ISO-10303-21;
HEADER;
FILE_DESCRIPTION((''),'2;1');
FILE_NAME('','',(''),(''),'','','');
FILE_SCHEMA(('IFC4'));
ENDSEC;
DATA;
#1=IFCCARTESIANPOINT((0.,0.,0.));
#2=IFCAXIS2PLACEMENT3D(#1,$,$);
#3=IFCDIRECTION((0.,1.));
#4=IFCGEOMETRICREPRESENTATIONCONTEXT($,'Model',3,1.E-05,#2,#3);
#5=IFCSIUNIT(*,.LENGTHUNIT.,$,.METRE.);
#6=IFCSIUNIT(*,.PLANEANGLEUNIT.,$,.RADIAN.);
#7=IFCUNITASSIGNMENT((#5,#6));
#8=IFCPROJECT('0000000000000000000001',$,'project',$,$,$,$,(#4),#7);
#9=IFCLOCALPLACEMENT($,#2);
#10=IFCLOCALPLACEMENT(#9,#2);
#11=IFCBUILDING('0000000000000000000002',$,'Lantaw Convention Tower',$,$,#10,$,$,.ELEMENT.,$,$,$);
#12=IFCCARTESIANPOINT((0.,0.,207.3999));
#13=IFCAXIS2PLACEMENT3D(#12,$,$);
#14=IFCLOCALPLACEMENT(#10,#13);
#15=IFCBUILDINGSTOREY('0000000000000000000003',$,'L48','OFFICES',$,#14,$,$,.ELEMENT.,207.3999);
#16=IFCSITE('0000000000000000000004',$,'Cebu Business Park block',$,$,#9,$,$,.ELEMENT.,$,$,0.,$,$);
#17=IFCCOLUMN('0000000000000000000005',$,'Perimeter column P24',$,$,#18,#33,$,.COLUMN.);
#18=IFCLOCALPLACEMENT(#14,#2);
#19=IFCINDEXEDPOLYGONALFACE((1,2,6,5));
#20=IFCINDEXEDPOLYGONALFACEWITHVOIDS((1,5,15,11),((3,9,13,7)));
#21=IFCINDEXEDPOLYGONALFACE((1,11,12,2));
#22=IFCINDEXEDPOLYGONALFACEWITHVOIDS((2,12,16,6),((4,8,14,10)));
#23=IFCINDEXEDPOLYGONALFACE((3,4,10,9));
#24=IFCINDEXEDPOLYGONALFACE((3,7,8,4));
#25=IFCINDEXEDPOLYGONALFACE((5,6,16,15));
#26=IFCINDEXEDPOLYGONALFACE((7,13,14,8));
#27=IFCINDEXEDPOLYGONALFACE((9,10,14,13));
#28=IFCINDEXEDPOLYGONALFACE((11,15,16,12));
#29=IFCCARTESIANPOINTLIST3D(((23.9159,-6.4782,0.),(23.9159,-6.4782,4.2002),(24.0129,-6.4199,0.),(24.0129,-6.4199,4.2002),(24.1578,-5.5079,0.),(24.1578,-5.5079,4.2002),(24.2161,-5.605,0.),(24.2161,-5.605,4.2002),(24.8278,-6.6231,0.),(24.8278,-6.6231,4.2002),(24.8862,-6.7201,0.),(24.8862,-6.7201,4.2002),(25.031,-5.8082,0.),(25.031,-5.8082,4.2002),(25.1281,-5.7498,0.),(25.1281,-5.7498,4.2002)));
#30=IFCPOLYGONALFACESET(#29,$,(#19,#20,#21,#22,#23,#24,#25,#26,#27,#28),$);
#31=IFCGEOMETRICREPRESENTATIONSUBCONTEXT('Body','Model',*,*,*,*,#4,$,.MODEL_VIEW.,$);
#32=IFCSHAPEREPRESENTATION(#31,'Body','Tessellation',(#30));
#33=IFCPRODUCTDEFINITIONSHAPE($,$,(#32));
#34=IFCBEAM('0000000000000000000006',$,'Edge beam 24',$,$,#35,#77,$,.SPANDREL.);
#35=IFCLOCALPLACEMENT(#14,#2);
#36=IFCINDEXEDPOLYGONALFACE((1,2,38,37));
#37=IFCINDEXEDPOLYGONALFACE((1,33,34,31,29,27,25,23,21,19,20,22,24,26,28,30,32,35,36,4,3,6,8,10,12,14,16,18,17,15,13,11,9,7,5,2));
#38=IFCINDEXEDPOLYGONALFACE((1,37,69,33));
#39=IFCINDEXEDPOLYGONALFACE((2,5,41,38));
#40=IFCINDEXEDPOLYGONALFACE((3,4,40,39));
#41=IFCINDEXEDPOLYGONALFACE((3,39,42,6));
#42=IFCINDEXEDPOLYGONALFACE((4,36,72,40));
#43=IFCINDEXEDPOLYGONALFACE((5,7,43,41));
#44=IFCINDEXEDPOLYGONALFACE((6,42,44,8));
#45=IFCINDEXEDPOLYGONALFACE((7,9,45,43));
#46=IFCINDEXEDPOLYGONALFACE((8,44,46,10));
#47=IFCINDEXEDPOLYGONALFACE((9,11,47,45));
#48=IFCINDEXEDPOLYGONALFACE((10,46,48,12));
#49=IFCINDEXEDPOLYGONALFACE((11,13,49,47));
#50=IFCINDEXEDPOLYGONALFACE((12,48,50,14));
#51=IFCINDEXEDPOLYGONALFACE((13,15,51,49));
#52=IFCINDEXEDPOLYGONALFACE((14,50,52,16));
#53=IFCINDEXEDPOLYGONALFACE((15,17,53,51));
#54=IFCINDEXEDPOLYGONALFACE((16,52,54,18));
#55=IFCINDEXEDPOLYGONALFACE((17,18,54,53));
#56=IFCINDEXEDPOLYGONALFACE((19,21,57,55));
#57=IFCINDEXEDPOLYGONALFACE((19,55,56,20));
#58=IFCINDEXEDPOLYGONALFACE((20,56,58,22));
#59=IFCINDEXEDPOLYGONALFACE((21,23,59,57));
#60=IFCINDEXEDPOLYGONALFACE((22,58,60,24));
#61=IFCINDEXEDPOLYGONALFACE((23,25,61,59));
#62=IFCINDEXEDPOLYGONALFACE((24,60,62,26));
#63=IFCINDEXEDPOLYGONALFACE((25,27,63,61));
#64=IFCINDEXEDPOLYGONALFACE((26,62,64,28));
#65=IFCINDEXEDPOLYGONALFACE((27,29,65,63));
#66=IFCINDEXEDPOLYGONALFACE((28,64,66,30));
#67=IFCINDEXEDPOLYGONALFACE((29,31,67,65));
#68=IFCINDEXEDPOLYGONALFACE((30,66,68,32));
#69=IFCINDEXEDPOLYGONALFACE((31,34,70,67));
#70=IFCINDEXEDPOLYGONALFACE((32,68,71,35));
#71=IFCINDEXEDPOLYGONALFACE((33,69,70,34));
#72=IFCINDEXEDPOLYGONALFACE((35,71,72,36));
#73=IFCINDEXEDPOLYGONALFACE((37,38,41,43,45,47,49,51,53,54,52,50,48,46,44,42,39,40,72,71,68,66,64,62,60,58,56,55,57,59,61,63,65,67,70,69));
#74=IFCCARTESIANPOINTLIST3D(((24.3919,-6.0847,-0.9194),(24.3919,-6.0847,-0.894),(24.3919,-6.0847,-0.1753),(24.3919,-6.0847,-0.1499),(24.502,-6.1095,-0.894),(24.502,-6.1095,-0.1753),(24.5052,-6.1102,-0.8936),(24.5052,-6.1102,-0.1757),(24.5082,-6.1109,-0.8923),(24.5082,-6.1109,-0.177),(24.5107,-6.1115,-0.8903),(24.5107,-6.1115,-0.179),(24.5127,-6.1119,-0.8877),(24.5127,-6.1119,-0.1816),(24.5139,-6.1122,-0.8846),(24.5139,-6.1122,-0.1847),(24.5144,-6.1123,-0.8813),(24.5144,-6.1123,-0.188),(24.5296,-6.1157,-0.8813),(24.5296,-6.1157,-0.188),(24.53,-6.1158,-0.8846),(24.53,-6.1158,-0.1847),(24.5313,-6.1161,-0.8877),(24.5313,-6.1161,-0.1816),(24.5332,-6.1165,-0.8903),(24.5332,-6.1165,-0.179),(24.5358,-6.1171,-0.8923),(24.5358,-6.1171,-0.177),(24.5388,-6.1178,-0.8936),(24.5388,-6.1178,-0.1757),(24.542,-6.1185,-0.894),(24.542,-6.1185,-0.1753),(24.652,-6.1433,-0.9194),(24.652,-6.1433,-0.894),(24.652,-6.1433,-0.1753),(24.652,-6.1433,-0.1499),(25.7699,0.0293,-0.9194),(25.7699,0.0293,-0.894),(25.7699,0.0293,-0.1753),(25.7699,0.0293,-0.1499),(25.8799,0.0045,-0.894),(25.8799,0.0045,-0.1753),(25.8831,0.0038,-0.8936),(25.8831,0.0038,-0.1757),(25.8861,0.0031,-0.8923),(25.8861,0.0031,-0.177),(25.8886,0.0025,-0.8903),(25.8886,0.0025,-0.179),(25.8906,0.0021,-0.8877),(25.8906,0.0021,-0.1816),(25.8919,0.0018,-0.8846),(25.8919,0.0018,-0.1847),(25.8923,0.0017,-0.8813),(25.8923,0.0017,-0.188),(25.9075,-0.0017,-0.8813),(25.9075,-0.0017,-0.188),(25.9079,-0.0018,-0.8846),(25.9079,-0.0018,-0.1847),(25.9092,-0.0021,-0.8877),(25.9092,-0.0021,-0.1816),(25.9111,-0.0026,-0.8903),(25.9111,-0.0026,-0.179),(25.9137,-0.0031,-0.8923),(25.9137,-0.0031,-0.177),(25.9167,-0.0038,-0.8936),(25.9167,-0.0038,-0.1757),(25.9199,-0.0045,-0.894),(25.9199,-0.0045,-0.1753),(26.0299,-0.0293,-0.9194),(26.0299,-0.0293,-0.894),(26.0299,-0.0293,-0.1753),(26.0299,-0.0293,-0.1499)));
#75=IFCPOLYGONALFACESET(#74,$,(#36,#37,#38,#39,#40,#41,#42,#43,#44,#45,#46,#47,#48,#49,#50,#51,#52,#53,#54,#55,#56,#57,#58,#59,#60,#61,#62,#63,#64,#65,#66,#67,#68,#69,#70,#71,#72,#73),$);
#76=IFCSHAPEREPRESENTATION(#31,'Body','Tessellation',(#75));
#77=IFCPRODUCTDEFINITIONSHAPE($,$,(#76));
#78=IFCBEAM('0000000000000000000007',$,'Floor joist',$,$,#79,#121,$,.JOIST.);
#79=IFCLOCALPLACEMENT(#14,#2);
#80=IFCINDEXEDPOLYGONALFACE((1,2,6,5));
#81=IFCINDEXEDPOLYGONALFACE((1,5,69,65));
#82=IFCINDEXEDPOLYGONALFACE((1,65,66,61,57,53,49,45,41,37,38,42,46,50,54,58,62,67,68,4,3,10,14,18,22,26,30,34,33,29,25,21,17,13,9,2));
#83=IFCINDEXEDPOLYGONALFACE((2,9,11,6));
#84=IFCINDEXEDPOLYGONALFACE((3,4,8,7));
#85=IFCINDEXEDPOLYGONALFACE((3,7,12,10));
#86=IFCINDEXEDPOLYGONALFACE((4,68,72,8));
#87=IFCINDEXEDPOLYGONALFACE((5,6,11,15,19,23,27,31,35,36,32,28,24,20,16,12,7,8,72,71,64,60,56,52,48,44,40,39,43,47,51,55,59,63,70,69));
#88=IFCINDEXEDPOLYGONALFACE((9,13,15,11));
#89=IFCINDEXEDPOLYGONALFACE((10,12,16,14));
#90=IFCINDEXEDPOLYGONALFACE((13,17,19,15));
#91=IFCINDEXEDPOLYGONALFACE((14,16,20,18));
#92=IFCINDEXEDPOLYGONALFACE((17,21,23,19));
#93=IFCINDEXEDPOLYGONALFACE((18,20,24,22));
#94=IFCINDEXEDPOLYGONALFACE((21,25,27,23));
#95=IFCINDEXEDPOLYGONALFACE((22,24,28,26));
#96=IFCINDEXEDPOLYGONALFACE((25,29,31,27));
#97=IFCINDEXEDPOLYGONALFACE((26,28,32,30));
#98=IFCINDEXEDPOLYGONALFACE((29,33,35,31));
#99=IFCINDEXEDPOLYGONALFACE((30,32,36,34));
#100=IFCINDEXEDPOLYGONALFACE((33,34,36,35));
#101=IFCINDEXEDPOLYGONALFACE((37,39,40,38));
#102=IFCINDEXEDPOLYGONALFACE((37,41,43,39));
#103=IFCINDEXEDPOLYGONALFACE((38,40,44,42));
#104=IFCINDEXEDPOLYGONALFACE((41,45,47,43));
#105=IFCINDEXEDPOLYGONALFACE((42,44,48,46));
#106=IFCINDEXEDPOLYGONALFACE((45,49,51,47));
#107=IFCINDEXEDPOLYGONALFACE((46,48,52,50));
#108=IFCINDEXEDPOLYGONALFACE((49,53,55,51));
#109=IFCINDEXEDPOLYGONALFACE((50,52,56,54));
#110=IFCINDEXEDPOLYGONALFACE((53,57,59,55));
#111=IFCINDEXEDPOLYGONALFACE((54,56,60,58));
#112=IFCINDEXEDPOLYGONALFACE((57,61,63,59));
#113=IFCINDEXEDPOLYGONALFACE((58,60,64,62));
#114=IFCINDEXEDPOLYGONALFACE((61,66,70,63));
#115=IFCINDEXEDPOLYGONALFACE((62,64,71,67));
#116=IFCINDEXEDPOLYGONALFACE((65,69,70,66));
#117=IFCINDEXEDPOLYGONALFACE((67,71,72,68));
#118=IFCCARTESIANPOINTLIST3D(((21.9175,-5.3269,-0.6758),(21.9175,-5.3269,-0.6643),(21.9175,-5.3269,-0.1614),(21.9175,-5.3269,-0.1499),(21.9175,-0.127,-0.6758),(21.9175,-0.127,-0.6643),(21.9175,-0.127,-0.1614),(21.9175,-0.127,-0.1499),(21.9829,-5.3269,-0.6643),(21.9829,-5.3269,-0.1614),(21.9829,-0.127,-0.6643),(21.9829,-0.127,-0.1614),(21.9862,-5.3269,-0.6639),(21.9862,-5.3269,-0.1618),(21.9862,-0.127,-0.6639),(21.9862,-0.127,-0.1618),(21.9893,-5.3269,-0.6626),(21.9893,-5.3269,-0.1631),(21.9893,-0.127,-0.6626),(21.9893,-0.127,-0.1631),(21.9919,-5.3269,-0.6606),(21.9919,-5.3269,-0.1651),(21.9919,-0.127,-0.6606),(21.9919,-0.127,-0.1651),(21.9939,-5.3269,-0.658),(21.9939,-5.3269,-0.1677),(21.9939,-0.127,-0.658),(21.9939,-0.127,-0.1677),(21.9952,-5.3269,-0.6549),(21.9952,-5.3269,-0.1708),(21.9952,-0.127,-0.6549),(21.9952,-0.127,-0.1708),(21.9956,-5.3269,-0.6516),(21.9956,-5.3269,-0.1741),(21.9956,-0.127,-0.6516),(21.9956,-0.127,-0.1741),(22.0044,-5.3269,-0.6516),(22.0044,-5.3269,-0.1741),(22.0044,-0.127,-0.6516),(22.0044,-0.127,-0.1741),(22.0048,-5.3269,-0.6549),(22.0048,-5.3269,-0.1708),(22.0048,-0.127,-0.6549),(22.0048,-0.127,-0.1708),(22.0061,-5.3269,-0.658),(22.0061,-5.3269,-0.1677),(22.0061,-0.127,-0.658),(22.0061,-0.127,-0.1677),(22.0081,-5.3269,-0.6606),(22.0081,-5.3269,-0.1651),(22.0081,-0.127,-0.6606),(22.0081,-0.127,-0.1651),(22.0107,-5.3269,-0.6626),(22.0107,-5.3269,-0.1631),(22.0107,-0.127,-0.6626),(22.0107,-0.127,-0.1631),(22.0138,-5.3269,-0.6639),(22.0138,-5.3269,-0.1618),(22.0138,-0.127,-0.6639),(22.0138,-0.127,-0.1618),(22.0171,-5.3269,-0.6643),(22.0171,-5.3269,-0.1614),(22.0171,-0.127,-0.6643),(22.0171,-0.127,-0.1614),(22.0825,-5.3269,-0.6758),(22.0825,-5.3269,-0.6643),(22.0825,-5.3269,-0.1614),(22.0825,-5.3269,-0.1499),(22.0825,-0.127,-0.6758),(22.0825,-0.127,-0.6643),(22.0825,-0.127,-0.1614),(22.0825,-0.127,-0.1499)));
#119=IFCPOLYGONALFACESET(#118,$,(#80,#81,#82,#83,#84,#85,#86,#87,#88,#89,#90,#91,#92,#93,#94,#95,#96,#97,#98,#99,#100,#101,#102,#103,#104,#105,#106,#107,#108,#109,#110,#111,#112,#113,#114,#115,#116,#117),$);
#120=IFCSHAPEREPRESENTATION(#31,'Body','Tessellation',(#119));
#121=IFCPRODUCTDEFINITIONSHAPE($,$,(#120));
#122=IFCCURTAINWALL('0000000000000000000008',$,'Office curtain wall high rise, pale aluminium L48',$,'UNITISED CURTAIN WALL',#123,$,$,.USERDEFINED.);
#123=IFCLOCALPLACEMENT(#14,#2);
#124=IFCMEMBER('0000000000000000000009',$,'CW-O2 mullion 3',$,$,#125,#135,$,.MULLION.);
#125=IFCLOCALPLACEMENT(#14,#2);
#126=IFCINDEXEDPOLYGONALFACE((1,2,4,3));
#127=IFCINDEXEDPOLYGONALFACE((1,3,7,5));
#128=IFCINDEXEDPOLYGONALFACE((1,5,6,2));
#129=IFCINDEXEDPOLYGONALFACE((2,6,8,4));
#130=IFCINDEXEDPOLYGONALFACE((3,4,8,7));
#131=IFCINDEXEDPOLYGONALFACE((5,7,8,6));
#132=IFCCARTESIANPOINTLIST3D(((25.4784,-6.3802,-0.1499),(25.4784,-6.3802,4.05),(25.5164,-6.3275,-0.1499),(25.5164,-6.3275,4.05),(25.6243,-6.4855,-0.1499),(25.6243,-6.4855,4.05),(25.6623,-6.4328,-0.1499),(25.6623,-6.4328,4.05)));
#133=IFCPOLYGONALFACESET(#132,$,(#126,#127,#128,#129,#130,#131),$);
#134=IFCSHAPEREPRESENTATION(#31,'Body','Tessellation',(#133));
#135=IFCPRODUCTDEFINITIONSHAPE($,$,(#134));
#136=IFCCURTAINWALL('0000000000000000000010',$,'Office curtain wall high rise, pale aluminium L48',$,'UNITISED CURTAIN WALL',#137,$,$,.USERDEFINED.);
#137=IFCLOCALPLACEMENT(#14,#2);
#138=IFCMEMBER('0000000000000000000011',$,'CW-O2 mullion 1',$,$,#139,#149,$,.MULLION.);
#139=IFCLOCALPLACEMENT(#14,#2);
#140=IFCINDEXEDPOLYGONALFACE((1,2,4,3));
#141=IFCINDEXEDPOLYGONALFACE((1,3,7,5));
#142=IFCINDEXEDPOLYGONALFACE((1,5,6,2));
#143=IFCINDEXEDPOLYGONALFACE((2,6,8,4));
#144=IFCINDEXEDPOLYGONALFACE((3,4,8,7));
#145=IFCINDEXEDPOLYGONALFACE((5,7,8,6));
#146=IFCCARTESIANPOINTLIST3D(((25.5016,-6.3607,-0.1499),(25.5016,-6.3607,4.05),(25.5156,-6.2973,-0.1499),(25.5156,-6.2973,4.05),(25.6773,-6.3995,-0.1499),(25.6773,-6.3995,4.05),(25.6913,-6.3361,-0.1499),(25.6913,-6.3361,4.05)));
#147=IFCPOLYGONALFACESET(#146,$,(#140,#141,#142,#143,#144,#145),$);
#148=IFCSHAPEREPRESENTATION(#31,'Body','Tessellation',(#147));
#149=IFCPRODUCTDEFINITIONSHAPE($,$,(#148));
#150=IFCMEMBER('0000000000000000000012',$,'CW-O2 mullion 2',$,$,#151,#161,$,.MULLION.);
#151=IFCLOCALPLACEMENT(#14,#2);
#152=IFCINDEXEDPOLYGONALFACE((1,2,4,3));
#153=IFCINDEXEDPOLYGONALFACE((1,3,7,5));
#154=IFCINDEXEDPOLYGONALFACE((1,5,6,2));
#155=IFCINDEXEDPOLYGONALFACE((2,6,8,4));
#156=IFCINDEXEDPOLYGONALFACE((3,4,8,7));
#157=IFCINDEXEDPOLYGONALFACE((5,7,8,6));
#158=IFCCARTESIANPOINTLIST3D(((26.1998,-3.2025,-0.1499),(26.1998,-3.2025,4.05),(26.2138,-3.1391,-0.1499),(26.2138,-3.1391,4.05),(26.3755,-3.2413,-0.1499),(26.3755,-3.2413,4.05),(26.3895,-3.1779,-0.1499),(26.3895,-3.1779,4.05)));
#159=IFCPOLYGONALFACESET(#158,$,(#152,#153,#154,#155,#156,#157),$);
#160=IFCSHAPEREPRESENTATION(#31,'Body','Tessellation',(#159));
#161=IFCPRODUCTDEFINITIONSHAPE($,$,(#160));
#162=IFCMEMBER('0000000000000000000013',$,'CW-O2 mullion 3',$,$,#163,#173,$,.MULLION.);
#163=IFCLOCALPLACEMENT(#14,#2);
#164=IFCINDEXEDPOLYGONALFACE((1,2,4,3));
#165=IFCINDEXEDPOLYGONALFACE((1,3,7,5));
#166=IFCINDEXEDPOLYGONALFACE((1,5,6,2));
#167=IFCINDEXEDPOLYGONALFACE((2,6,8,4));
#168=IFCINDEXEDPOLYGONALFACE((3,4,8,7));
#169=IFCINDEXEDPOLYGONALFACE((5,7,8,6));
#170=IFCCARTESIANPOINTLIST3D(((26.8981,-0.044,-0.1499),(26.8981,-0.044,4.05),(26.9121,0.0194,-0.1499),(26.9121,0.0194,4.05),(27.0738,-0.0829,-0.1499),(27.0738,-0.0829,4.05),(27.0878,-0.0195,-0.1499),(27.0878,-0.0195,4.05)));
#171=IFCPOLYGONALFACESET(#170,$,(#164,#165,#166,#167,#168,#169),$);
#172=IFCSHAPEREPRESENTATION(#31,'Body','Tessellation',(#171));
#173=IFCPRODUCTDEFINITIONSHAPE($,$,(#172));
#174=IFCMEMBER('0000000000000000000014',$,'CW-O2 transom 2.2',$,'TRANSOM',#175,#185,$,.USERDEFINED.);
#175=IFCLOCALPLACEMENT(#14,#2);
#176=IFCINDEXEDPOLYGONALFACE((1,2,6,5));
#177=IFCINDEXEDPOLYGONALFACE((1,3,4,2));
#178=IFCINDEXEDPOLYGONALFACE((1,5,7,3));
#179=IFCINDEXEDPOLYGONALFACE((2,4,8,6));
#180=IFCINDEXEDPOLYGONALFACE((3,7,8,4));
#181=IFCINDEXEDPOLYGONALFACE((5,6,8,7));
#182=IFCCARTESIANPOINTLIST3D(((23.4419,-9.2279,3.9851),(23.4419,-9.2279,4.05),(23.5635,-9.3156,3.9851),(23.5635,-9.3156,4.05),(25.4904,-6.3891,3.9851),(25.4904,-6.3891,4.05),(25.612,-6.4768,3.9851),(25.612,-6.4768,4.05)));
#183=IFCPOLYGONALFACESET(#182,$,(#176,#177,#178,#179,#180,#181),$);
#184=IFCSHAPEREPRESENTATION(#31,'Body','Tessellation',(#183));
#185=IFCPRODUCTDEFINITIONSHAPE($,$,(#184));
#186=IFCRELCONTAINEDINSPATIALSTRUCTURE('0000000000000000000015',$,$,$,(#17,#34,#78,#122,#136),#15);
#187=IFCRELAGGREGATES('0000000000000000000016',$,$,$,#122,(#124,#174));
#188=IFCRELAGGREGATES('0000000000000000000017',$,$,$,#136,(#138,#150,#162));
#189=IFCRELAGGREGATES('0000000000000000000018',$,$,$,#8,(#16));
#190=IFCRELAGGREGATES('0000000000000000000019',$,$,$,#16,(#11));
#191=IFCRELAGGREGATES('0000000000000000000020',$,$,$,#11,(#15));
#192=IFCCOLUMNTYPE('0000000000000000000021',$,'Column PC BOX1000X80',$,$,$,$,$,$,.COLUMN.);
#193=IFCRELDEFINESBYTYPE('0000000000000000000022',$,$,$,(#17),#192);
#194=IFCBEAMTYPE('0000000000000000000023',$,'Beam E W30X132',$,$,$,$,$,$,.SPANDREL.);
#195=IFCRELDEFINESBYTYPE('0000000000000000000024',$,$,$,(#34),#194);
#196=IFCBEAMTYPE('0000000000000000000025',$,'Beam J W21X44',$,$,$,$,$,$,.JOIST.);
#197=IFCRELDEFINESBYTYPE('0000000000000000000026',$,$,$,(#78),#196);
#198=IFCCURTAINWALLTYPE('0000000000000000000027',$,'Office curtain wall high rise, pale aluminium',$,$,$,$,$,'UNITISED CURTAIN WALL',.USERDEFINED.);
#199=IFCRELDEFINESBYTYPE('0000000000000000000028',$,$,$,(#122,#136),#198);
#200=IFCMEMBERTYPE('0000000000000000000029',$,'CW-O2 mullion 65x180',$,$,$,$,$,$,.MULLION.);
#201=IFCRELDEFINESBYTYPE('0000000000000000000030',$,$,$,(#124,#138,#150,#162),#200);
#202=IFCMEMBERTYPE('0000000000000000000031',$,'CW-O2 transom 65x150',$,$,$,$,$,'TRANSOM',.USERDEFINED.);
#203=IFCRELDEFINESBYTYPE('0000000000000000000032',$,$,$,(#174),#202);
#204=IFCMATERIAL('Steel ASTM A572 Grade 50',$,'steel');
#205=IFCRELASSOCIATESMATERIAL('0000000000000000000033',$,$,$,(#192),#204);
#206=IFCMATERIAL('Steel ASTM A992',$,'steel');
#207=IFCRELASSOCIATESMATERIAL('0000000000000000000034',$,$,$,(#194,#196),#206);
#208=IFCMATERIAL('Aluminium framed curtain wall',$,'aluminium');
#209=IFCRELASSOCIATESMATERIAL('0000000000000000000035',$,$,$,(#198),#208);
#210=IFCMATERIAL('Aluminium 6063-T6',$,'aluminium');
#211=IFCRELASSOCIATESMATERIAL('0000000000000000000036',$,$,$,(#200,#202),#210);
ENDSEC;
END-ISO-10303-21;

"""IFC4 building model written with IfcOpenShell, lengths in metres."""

from ifc_helpers import new_model, si_unit, direction, frame, origin, origin_2d, place, context, subcontext, project, spatial, rectangle, hollow_rectangle, i_section, extrude, material, material_profile, profile_set, type_object, element, aggregate, save


model = new_model("IFC4")

# Units and contexts
model_context = context("Model", 3, precision=1e-05, world=origin(), true_north=direction((0.0, 1.0)))
body_context = subcontext(model_context, "Body", "Model", "MODEL_VIEW")
ifc_project = project(units=[si_unit("LENGTHUNIT", "METRE"), si_unit("PLANEANGLEUNIT", "RADIAN")], contexts=[model_context])

# Site, building, storey
site_placement = place(None, origin())
site = spatial("IfcSite", under=ifc_project, at=site_placement, Name="Cebu Business Park block", CompositionType="ELEMENT", RefElevation=0.0)
building_placement = place(site_placement, origin())
building = spatial("IfcBuilding", under=site, at=building_placement, Name="Lantaw Convention Tower", CompositionType="ELEMENT")
storey_placement = place(building_placement, frame((0.0, 0.0, 207.3999)))
storey = spatial("IfcBuildingStorey", under=building, at=storey_placement, Name="L48", Description="OFFICES", CompositionType="ELEMENT", Elevation=207.3999)

# Column
ifc_material_1 = material(Name="Steel ASTM A572 Grade 50", Category="steel")
ifc_material_profile_1 = material_profile(ifc_material_1, hollow_rectangle(XDim=1.0, YDim=1.0, WallThickness=0.0801, at=origin_2d()), Name="BOX1000X80")
ifc_material_2 = material(Name="Concrete C60/75", Category="concrete")
ifc_material_profile_2 = material_profile(ifc_material_2, rectangle(XDim=0.8401, YDim=0.8401, at=origin_2d()), Name="Concrete fill of BOX1000X80")
ifc_profile_set_1 = profile_set([ifc_material_profile_1, ifc_material_profile_2], Name="Steel ASTM A572 Grade 50")
column_type = type_object("IfcColumnType", Name="Column PC BOX1000X80", PredefinedType="COLUMN", material=ifc_profile_set_1)
column_placement = place(storey_placement, frame((24.522, -6.114, 0.0), z_axis=(0.0, 0.0, 1.0), x_axis=(0.241922, 0.970296, 0.0)))
element("IfcColumn", 1, at=column_placement, inside=storey, type_object=column_type, Name="Perimeter column P24", PredefinedType="COLUMN", context=body_context, shape_type="SweptSolid", body=[
    extrude(hollow_rectangle(XDim=1.0, YDim=1.0, WallThickness=0.0801, at=origin_2d()), origin(), (0.0, 0.0, 1.0), 4.2002),
])

# Beams
ifc_material_3 = material(Name="Steel ASTM A992", Category="steel")
ifc_material_profile_3 = material_profile(ifc_material_3, i_section(OverallWidth=0.2666, OverallDepth=0.7695, WebThickness=0.0156, FlangeThickness=0.0254, FilletRadius=0.0127, at=origin_2d()), Name="W30X132")
ifc_profile_set_2 = profile_set([ifc_material_profile_3], Name="Steel ASTM A992")
beam_type_1 = type_object("IfcBeamType", Name="Beam E W30X132", PredefinedType="SPANDREL", material=ifc_profile_set_2)
beam_1_placement = place(storey_placement, frame((24.522, -6.114, -0.5347), z_axis=(0.219858, 0.975532, 0.0), x_axis=(-0.975532, 0.219858, 0.0)))
element("IfcBeam", 2, at=beam_1_placement, inside=storey, type_object=beam_type_1, Name="Edge beam 24", PredefinedType="SPANDREL", context=body_context, shape_type="SweptSolid", body=[
    extrude(i_section(OverallWidth=0.2666, OverallDepth=0.7695, WebThickness=0.0156, FlangeThickness=0.0254, FilletRadius=0.0127, at=origin_2d()), origin(), (0.0, 0.0, 1.0), 6.2673),
])
ifc_material_profile_4 = material_profile(ifc_material_3, i_section(OverallWidth=0.165, OverallDepth=0.5259, WebThickness=0.0088, FlangeThickness=0.0115, FilletRadius=0.0127, at=origin_2d()), Name="W21X44")
ifc_profile_set_3 = profile_set([ifc_material_profile_4], Name="Steel ASTM A992")
beam_type_2 = type_object("IfcBeamType", Name="Beam J W21X44", PredefinedType="JOIST", material=ifc_profile_set_3)
beam_2_placement = place(storey_placement, frame((22.0, -5.3269, -0.4128), z_axis=(0.0, 1.0, 0.0), x_axis=(-1.0, 0.0, 0.0)))
element("IfcBeam", 3, at=beam_2_placement, inside=storey, type_object=beam_type_2, Name="Floor joist", PredefinedType="JOIST", context=body_context, shape_type="SweptSolid", body=[
    extrude(i_section(OverallWidth=0.165, OverallDepth=0.5259, WebThickness=0.0088, FlangeThickness=0.0115, FilletRadius=0.0127, at=origin_2d()), origin(), (0.0, 0.0, 1.0), 5.2),
])

# Curtain wall, member
ifc_material_4 = material(Name="Aluminium framed curtain wall", Category="aluminium")
curtain_wall_type = type_object("IfcCurtainWallType", Name="Office curtain wall high rise, pale aluminium", ElementType="UNITISED CURTAIN WALL", PredefinedType="USERDEFINED", material=ifc_material_4)
curtain_wall_1_placement = place(storey_placement, origin())
curtain_wall_1 = element("IfcCurtainWall", 4, at=curtain_wall_1_placement, inside=storey, type_object=curtain_wall_type, Name="Office curtain wall high rise, pale aluminium L48", ObjectType="UNITISED CURTAIN WALL", PredefinedType="USERDEFINED")
ifc_material_5 = material(Name="Aluminium 6063-T6", Category="aluminium")
ifc_material_profile_5 = material_profile(ifc_material_5, rectangle(XDim=0.1799, YDim=0.0649, at=origin_2d()), Name="CW-O2 mullion 65x180")
ifc_profile_set_4 = profile_set([ifc_material_profile_5], Name="Aluminium 6063-T6")
member_type_1 = type_object("IfcMemberType", Name="CW-O2 mullion 65x180", PredefinedType="MULLION", material=ifc_profile_set_4)
member_1_placement = place(storey_placement, frame((25.5703, -6.4065, -0.1499), z_axis=(0.0, 0.0, 1.0), x_axis=(-0.81092, 0.585158, 0.0)))
member_1 = element("IfcMember", 5, at=member_1_placement, type_object=member_type_1, Name="CW-O2 mullion 3", PredefinedType="MULLION", context=body_context, shape_type="SweptSolid", body=[
    extrude(rectangle(XDim=0.1799, YDim=0.0649, at=origin_2d()), origin(), (0.0, 0.0, 1.0), 4.2),
])

# Curtain wall, members
curtain_wall_2_placement = place(storey_placement, origin())
curtain_wall_2 = element("IfcCurtainWall", 6, at=curtain_wall_2_placement, inside=storey, type_object=curtain_wall_type, Name="Office curtain wall high rise, pale aluminium L48", ObjectType="UNITISED CURTAIN WALL", PredefinedType="USERDEFINED")
member_2_placement = place(storey_placement, frame((25.5964, -6.3484, -0.1499), z_axis=(0.0, 0.0, 1.0), x_axis=(-0.976417, 0.215891, 0.0)))
member_2 = element("IfcMember", 7, at=member_2_placement, type_object=member_type_1, Name="CW-O2 mullion 1", PredefinedType="MULLION", context=body_context, shape_type="SweptSolid", body=[
    extrude(rectangle(XDim=0.1799, YDim=0.0649, at=origin_2d()), origin(), (0.0, 0.0, 1.0), 4.2),
])
member_3_placement = place(storey_placement, frame((26.2947, -3.1902, -0.1499), z_axis=(0.0, 0.0, 1.0), x_axis=(-0.976417, 0.215891, 0.0)))
member_3 = element("IfcMember", 8, at=member_3_placement, type_object=member_type_1, Name="CW-O2 mullion 2", PredefinedType="MULLION", context=body_context, shape_type="SweptSolid", body=[
    extrude(rectangle(XDim=0.1799, YDim=0.0649, at=origin_2d()), origin(), (0.0, 0.0, 1.0), 4.2),
])
member_4_placement = place(storey_placement, frame((26.9929, -0.0317, -0.1499), z_axis=(0.0, 0.0, 1.0), x_axis=(-0.976417, 0.215891, 0.0)))
member_4 = element("IfcMember", 9, at=member_4_placement, type_object=member_type_1, Name="CW-O2 mullion 3", PredefinedType="MULLION", context=body_context, shape_type="SweptSolid", body=[
    extrude(rectangle(XDim=0.1799, YDim=0.0649, at=origin_2d()), origin(), (0.0, 0.0, 1.0), 4.2),
])

# Member
ifc_material_profile_6 = material_profile(ifc_material_5, rectangle(XDim=0.1499, YDim=0.0649, at=origin_2d()), Name="CW-O2 transom 65x150")
ifc_profile_set_5 = profile_set([ifc_material_profile_6], Name="Aluminium 6063-T6")
member_type_2 = type_object("IfcMemberType", Name="CW-O2 transom 65x150", ElementType="TRANSOM", PredefinedType="USERDEFINED", material=ifc_profile_set_5)
member_5_placement = place(storey_placement, frame((23.5027, -9.2717, 4.0176), z_axis=(0.58517, 0.810911, 0.0), x_axis=(-0.810911, 0.58517, 0.0)))
member_5 = element("IfcMember", 10, at=member_5_placement, type_object=member_type_2, Name="CW-O2 transom 2.2", ObjectType="TRANSOM", PredefinedType="USERDEFINED", context=body_context, shape_type="SweptSolid", body=[
    extrude(rectangle(XDim=0.1499, YDim=0.0649, at=origin_2d()), origin(), (0.0, 0.0, 1.0), 3.5007),
])

aggregate(curtain_wall_1, [member_1, member_5])
aggregate(curtain_wall_2, [member_2, member_3, member_4])

save(model, "model.ifc")
